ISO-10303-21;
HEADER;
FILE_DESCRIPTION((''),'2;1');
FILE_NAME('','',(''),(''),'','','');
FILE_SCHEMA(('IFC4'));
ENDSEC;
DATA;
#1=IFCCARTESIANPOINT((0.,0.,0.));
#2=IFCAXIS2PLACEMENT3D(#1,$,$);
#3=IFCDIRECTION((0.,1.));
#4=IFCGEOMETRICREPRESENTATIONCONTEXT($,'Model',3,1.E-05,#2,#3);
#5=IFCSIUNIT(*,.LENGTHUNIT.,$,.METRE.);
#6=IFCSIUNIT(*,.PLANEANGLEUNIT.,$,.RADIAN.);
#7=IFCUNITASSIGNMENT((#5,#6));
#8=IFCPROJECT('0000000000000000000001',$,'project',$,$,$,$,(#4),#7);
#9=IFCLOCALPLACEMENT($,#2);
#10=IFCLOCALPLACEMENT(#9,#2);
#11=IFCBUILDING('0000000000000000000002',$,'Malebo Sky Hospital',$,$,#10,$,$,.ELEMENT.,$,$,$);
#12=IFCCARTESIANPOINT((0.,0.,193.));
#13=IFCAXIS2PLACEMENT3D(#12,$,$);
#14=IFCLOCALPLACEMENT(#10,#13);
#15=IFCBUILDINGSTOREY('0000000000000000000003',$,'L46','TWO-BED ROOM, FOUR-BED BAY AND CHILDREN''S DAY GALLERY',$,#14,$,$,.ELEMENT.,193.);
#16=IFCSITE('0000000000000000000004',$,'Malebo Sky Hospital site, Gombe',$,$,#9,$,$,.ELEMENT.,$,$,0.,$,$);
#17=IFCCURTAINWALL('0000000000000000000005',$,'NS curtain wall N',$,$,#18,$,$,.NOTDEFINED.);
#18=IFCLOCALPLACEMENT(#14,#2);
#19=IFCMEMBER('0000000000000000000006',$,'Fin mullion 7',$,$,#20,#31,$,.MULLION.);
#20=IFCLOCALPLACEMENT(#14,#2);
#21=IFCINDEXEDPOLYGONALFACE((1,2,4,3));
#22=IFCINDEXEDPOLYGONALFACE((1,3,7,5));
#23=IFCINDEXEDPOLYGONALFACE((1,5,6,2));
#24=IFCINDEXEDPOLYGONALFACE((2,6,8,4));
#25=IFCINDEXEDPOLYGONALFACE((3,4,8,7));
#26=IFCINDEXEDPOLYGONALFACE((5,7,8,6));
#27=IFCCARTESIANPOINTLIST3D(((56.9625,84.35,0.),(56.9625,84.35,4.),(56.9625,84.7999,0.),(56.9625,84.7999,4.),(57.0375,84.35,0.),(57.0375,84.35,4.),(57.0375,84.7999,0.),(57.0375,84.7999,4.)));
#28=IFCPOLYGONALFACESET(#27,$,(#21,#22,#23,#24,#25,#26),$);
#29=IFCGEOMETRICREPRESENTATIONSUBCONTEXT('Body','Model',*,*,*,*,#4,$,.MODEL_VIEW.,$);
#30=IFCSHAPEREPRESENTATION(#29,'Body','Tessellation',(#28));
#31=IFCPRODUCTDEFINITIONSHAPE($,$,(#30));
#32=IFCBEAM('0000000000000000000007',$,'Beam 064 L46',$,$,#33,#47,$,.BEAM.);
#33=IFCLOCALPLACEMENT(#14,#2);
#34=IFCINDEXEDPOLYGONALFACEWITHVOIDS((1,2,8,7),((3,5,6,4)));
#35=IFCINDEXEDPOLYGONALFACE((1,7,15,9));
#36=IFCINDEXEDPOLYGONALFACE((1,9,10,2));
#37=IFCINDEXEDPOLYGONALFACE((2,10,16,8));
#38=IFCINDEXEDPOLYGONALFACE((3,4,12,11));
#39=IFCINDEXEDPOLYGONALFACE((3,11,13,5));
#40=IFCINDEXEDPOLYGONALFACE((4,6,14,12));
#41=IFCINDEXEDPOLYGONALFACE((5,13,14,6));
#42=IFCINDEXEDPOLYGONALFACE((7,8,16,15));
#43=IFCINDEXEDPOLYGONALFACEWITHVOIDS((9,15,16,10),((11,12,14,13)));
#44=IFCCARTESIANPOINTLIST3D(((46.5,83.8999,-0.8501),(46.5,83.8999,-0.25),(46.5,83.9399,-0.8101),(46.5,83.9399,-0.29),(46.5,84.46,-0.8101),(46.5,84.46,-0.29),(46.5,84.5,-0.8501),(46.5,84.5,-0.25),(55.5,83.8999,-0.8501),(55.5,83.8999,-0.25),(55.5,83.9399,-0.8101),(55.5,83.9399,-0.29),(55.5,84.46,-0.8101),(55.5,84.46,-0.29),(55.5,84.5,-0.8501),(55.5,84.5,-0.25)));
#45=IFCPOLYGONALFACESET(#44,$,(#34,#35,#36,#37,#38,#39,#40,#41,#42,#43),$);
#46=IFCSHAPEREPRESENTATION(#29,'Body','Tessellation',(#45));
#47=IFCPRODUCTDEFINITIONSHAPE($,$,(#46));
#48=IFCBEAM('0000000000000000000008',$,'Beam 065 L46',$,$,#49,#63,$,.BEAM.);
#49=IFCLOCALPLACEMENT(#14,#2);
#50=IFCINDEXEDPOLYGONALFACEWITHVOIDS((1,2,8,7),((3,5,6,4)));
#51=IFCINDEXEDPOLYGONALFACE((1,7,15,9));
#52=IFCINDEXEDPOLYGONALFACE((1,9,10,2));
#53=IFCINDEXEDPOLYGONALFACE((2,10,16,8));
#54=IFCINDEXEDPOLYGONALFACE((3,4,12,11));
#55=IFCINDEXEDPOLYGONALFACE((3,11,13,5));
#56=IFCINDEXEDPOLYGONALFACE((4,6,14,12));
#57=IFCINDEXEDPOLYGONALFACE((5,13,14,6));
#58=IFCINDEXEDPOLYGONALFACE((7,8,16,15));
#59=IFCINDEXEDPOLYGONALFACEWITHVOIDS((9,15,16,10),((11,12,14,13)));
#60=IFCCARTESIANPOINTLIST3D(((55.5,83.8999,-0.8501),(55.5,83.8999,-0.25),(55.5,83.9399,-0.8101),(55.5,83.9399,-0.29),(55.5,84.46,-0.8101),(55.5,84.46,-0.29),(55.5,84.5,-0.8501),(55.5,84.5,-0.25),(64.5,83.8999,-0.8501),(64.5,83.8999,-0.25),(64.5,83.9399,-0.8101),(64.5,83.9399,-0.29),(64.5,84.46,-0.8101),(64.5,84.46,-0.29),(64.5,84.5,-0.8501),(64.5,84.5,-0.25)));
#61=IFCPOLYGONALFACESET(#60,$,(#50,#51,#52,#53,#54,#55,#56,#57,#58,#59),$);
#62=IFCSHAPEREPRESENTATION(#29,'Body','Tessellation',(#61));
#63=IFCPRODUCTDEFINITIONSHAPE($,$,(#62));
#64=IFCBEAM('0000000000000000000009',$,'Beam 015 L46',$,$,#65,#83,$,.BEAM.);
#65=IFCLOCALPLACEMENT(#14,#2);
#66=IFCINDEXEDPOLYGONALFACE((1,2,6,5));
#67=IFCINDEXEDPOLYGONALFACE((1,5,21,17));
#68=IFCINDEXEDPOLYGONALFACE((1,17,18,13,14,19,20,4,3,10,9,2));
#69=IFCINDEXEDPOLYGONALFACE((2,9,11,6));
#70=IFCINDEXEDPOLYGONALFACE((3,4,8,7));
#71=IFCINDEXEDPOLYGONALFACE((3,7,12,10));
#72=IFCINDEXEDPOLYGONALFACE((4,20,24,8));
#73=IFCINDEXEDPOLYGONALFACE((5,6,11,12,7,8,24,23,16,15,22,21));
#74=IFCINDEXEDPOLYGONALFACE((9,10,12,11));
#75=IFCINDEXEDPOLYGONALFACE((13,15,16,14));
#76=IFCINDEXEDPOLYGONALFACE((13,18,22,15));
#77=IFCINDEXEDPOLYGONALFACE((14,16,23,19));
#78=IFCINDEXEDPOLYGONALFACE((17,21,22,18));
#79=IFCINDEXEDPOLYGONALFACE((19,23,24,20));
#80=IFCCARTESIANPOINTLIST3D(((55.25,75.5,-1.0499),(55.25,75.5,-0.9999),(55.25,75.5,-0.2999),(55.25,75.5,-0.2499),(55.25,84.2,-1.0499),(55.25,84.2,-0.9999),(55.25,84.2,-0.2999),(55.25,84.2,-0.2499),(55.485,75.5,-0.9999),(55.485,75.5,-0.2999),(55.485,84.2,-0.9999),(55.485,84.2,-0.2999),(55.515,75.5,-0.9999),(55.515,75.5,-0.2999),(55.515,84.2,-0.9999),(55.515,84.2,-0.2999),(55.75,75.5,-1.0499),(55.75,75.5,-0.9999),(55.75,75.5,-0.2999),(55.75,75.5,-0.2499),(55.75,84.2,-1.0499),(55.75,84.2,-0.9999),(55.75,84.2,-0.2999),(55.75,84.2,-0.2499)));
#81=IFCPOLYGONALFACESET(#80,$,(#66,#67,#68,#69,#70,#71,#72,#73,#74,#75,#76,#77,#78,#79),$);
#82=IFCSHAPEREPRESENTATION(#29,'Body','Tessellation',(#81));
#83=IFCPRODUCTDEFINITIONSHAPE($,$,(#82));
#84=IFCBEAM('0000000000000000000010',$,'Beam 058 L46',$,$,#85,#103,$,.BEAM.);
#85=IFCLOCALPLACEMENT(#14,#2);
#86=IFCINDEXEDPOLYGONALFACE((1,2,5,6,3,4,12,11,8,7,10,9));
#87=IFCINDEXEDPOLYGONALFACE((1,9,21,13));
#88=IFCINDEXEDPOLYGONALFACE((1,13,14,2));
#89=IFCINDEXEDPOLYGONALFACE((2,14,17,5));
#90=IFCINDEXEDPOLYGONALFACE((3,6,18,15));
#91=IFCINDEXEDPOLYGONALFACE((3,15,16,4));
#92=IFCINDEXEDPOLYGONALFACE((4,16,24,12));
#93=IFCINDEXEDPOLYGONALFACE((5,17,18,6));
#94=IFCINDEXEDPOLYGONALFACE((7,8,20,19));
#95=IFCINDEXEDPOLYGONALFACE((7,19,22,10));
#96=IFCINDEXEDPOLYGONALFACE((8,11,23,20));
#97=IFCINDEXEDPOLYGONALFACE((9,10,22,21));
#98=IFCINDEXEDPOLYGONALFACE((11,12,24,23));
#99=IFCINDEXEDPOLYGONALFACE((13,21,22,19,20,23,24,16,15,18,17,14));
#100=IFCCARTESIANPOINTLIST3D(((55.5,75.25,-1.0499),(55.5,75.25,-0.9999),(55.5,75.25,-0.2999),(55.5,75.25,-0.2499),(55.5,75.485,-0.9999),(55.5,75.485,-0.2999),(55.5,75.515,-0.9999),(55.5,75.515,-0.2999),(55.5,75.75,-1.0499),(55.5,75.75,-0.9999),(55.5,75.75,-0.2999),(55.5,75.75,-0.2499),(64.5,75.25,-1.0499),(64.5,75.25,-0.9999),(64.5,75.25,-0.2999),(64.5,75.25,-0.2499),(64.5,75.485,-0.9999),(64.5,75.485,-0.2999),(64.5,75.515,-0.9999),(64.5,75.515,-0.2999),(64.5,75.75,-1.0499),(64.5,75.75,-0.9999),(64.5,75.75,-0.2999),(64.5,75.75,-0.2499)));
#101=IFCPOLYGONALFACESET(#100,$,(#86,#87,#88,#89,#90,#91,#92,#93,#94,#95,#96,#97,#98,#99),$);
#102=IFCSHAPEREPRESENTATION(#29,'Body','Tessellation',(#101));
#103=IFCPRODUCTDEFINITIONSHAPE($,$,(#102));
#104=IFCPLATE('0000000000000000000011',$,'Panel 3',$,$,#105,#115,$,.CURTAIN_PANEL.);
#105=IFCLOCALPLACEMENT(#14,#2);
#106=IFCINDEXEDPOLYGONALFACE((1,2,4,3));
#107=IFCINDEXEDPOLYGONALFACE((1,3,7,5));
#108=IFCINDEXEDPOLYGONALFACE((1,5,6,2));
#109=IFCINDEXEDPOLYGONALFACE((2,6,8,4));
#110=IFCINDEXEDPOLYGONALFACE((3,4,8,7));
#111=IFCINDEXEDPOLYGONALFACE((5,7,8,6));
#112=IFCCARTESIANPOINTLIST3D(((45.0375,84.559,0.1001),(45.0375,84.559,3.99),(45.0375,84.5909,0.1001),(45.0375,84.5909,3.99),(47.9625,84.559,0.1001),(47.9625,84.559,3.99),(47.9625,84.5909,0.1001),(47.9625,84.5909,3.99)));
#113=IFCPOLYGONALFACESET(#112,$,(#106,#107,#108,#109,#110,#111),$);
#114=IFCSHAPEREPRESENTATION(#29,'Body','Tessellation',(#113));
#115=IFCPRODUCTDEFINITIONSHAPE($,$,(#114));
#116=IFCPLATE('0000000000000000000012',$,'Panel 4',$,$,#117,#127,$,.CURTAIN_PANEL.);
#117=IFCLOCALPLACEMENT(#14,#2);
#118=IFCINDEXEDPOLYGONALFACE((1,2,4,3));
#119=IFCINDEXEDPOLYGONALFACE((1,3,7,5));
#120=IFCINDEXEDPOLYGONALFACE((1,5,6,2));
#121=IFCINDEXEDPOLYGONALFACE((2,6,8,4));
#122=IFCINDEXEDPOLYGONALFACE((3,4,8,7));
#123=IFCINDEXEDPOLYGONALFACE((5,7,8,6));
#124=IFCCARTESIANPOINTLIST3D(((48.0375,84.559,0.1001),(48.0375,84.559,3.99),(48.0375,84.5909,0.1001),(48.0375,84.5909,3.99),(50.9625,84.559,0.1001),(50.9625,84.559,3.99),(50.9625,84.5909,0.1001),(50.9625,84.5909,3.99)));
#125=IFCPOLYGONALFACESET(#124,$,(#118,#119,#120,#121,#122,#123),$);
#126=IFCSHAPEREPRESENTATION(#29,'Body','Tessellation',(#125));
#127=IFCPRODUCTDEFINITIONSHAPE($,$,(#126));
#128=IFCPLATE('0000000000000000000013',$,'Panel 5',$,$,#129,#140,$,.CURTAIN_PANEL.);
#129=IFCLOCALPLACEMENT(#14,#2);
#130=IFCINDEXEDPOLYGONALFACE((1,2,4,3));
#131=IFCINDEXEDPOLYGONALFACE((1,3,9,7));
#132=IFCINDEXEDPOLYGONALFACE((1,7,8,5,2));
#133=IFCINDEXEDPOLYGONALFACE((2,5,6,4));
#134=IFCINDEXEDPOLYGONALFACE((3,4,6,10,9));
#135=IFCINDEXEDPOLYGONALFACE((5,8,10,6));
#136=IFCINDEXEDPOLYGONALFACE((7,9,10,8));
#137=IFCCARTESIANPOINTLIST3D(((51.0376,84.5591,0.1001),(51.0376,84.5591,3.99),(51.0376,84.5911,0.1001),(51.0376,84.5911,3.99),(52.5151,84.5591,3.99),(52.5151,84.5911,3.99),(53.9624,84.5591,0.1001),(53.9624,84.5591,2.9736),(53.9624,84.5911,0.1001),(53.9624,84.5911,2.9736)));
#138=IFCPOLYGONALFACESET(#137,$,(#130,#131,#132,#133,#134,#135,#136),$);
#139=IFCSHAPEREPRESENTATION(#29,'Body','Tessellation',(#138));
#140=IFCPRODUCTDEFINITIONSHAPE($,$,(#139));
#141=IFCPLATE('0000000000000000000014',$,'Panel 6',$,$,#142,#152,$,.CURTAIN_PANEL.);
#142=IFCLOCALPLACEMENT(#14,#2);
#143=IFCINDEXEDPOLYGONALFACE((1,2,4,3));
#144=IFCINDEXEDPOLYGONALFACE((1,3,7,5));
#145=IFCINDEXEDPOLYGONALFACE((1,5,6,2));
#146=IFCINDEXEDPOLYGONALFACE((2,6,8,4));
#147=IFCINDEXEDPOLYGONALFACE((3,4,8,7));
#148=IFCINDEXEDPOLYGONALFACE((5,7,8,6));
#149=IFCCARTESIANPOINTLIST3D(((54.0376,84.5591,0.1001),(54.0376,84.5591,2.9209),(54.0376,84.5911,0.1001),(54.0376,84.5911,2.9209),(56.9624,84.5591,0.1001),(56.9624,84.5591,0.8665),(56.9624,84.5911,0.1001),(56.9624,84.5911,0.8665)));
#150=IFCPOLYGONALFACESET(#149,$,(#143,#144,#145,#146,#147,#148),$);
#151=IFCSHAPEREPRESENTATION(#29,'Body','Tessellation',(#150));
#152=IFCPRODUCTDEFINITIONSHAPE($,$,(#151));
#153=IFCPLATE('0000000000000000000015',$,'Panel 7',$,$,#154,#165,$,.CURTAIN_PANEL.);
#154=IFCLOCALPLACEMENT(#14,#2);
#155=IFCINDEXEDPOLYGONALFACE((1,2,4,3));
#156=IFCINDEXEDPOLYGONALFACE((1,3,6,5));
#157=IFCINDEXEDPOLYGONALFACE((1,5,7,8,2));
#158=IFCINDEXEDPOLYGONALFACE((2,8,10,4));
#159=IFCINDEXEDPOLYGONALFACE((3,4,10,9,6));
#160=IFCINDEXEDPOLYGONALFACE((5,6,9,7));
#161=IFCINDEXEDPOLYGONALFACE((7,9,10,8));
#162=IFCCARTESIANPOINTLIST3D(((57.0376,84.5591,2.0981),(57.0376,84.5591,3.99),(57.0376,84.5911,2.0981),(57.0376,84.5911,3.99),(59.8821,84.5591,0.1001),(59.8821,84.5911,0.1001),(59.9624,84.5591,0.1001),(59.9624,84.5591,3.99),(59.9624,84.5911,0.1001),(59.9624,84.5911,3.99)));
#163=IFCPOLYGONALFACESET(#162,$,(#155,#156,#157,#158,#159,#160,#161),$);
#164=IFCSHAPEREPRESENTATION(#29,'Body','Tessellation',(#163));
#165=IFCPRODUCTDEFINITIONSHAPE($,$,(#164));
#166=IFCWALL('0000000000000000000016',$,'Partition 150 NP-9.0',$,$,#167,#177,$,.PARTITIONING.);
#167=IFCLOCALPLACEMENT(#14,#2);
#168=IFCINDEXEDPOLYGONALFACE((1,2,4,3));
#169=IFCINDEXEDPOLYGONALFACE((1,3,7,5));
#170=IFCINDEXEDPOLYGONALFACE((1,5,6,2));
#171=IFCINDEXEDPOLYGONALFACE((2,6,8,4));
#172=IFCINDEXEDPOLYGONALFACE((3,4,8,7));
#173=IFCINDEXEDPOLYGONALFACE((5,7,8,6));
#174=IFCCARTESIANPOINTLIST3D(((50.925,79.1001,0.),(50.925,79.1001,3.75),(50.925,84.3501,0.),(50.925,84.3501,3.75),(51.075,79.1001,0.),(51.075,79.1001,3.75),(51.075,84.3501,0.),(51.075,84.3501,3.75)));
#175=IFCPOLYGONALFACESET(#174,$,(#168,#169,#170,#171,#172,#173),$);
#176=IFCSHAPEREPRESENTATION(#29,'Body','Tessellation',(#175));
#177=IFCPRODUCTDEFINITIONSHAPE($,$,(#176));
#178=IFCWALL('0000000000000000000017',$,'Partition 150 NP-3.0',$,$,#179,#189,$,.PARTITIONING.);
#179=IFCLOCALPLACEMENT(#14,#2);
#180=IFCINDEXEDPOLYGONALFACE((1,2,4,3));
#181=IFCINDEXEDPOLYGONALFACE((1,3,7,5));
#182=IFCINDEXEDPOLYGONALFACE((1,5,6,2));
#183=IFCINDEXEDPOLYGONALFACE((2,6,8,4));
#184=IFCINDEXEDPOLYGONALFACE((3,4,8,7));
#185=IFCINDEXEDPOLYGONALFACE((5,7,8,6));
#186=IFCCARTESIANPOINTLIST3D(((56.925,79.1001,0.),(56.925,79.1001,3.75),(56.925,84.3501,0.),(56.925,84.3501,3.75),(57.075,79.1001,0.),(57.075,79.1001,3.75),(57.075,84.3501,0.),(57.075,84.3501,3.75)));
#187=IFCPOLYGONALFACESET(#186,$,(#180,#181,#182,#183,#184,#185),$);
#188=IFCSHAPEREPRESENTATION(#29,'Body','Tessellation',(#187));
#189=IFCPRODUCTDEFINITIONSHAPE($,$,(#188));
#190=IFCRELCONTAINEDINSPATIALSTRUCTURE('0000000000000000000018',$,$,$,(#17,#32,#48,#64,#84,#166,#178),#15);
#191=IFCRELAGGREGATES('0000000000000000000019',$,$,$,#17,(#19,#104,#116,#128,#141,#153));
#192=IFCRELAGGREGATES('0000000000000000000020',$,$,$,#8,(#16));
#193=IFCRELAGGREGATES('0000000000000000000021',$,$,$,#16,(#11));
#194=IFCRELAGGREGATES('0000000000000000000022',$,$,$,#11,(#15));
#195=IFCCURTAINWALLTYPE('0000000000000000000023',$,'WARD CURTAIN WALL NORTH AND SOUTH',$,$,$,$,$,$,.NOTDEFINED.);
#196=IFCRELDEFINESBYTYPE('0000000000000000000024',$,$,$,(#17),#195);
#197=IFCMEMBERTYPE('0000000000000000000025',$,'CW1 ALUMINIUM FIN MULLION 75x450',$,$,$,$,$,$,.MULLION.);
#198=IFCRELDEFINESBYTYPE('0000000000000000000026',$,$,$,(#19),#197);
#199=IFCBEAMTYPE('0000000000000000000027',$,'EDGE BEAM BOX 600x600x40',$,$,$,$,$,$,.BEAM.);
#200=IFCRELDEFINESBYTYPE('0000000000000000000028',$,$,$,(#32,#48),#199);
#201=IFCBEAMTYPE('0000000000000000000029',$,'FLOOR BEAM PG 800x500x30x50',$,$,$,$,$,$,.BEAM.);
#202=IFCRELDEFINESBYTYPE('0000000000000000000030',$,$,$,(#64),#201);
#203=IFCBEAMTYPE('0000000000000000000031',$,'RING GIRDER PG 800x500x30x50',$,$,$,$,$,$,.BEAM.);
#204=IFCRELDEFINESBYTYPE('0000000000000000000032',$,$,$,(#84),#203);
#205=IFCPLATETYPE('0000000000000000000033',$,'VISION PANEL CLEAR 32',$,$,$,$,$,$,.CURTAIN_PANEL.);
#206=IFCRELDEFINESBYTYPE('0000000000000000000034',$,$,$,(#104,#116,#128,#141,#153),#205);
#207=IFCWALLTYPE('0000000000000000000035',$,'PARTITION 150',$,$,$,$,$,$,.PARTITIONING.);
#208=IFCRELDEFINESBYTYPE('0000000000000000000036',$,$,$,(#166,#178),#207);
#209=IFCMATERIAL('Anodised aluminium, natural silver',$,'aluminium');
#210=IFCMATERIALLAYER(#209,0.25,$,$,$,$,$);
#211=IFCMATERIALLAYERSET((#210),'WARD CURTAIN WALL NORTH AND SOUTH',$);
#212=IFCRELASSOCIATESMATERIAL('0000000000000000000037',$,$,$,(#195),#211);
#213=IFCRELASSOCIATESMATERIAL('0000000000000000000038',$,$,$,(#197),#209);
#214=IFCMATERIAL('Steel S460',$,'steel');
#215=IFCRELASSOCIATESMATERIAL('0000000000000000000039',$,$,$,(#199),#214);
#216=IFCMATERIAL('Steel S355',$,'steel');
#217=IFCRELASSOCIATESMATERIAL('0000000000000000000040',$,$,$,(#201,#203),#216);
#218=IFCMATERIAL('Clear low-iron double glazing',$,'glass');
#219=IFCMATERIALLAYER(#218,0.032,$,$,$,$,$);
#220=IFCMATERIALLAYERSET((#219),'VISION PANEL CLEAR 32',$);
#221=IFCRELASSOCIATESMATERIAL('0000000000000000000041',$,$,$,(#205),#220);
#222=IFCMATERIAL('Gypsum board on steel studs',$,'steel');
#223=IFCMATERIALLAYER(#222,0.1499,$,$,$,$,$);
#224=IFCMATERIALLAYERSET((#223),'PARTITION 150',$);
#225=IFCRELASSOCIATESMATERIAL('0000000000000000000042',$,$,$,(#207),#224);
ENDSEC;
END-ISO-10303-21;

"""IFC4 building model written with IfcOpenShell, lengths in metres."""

from ifc_helpers import new_model, si_unit, direction, frame, frame_2d, origin, origin_2d, place, context, subcontext, project, spatial, polyline, rectangle, hollow_rectangle, i_section, outline, extrude, material, layer, layer_set, material_profile, profile_set, type_object, element, aggregate, save


model = new_model("IFC4")

# Units and contexts
model_context = context("Model", 3, precision=1e-05, world=origin(), true_north=direction((0.0, 1.0)))
body_context = subcontext(model_context, "Body", "Model", "MODEL_VIEW")
ifc_project = project(units=[si_unit("LENGTHUNIT", "METRE"), si_unit("PLANEANGLEUNIT", "RADIAN")], contexts=[model_context])

# Site, building, storey
site_placement = place(None, origin())
site = spatial("IfcSite", under=ifc_project, at=site_placement, Name="Malebo Sky Hospital site, Gombe", CompositionType="ELEMENT", RefElevation=0.0)
building_placement = place(site_placement, origin())
building = spatial("IfcBuilding", under=site, at=building_placement, Name="Malebo Sky Hospital", CompositionType="ELEMENT")
storey_placement = place(building_placement, frame((0.0, 0.0, 193.0)))
storey = spatial("IfcBuildingStorey", under=building, at=storey_placement, Name="L46", Description="TWO-BED ROOM, FOUR-BED BAY AND CHILDREN'S DAY GALLERY", CompositionType="ELEMENT", Elevation=193.0)

# Shared definitions
ifc_material_1 = material(Name="Steel S460", Category="steel")

# Curtain wall
ifc_material_2 = material(Name="Anodised aluminium, natural silver", Category="aluminium")
ifc_layer_1 = layer(ifc_material_2, 0.25)
ifc_layer_set_1 = layer_set([ifc_layer_1], Name="WARD CURTAIN WALL NORTH AND SOUTH")
curtain_wall_type = type_object("IfcCurtainWallType", Name="WARD CURTAIN WALL NORTH AND SOUTH", PredefinedType="NOTDEFINED", material=ifc_layer_set_1)
curtain_wall_placement = place(storey_placement, origin())
curtain_wall = element("IfcCurtainWall", 1, at=curtain_wall_placement, inside=storey, type_object=curtain_wall_type, Name="NS curtain wall N", PredefinedType="NOTDEFINED")

# Member
ifc_material_3 = material(Name="Steel S355", Category="steel")
ifc_material_profile_1 = material_profile(ifc_material_2, rectangle(XDim=0.075, YDim=0.45, at=origin_2d()), Name="CW1 ALUMINIUM FIN MULLION 75x450")
ifc_profile_set_1 = profile_set([ifc_material_profile_1], Name="Anodised aluminium, natural silver")
member_type_1 = type_object("IfcMemberType", Name="CW1 ALUMINIUM FIN MULLION 75x450", PredefinedType="MULLION", material=ifc_profile_set_1)
member_1_placement = place(storey_placement, frame((57.0, 84.575, 0.0), z_axis=(0.0, 0.0, 1.0), x_axis=(1.0, 0.0, 0.0)))
member_1 = element("IfcMember", 2, at=member_1_placement, type_object=member_type_1, Name="Fin mullion 7", PredefinedType="MULLION", context=body_context, shape_type="SweptSolid", body=[
    extrude(rectangle(XDim=0.075, YDim=0.45, at=origin_2d()), origin(), (0.0, 0.0, 1.0), 4.0),
])

# Beams
ifc_material_profile_2 = material_profile(ifc_material_1, hollow_rectangle(XDim=0.6001, YDim=0.6001, WallThickness=0.04, at=origin_2d()), Name="BOX 600x600x40")
ifc_profile_set_2 = profile_set([ifc_material_profile_2], Name="Steel S460")
beam_type_1 = type_object("IfcBeamType", Name="EDGE BEAM BOX 600x600x40", PredefinedType="BEAM", material=ifc_profile_set_2)
for number, where, z_axis, x_axis, name in (
    (3, (46.5, 84.2, -0.55), (1.0, 0.0, 0.0), (0.0, 1.0, 0.0), "Beam 064 L46"),
    (4, (55.5, 84.2, -0.55), (1.0, 0.0, 0.0), (0.0, 1.0, 0.0), "Beam 065 L46"),
):
    element("IfcBeam", number, at=place(storey_placement, frame(where, z_axis=z_axis, x_axis=x_axis)), inside=storey, type_object=beam_type_1, Name=name, PredefinedType="BEAM", context=body_context, shape_type="SweptSolid", body=[
        extrude(hollow_rectangle(XDim=0.6001, YDim=0.6001, WallThickness=0.04, at=origin_2d()), origin(), (0.0, 0.0, 1.0), 9.0),
    ])
ifc_material_profile_3 = material_profile(ifc_material_3, i_section(OverallWidth=0.5, OverallDepth=0.8, WebThickness=0.03, FlangeThickness=0.05, at=origin_2d()), Name="PG 800x500x30x50")
ifc_profile_set_3 = profile_set([ifc_material_profile_3], Name="Steel S355")
beam_type_2 = type_object("IfcBeamType", Name="FLOOR BEAM PG 800x500x30x50", PredefinedType="BEAM", material=ifc_profile_set_3)
beam_1_placement = place(storey_placement, frame((55.5, 75.5, -0.6499), z_axis=(0.0, 1.0, 0.0), x_axis=(-1.0, 0.0, 0.0)))
element("IfcBeam", 5, at=beam_1_placement, inside=storey, type_object=beam_type_2, Name="Beam 015 L46", PredefinedType="BEAM", context=body_context, shape_type="SweptSolid", body=[
    extrude(i_section(OverallWidth=0.5, OverallDepth=0.8, WebThickness=0.03, FlangeThickness=0.05, at=origin_2d()), origin(), (0.0, 0.0, 1.0), 8.7),
])
ifc_material_profile_4 = material_profile(ifc_material_3, i_section(OverallWidth=0.5, OverallDepth=0.8, WebThickness=0.03, FlangeThickness=0.05, at=origin_2d()), Name="PG 800x500x30x50")
ifc_profile_set_4 = profile_set([ifc_material_profile_4], Name="Steel S355")
beam_type_3 = type_object("IfcBeamType", Name="RING GIRDER PG 800x500x30x50", PredefinedType="BEAM", material=ifc_profile_set_4)
beam_2_placement = place(storey_placement, frame((55.5, 75.5, -0.6499), z_axis=(1.0, 0.0, 0.0), x_axis=(0.0, 1.0, 0.0)))
element("IfcBeam", 6, at=beam_2_placement, inside=storey, type_object=beam_type_3, Name="Beam 058 L46", PredefinedType="BEAM", context=body_context, shape_type="SweptSolid", body=[
    extrude(i_section(OverallWidth=0.5, OverallDepth=0.8, WebThickness=0.03, FlangeThickness=0.05, at=origin_2d()), origin(), (0.0, 0.0, 1.0), 9.0),
])

# Plates
ifc_material_4 = material(Name="Clear low-iron double glazing", Category="glass")
ifc_layer_2 = layer(ifc_material_4, 0.032)
ifc_layer_set_2 = layer_set([ifc_layer_2], Name="VISION PANEL CLEAR 32")
plate_type = type_object("IfcPlateType", Name="VISION PANEL CLEAR 32", PredefinedType="CURTAIN_PANEL", material=ifc_layer_set_2)
plate_1_placement = place(storey_placement, frame((46.5, 84.575, 0.1001), z_axis=(0.0, 0.0, 1.0), x_axis=(1.0, 0.0, 0.0)))
plate_1 = element("IfcPlate", 7, at=plate_1_placement, type_object=plate_type, Name="Panel 3", PredefinedType="CURTAIN_PANEL", context=body_context, shape_type="SweptSolid", body=[
    extrude(rectangle(XDim=2.925, YDim=0.032, at=origin_2d()), origin(), (0.0, 0.0, 1.0), 3.8899),
])
plate_2_placement = place(storey_placement, frame((49.5, 84.575, 0.1001), z_axis=(0.0, 0.0, 1.0), x_axis=(1.0, 0.0, 0.0)))
plate_2 = element("IfcPlate", 8, at=plate_2_placement, type_object=plate_type, Name="Panel 4", PredefinedType="CURTAIN_PANEL", context=body_context, shape_type="SweptSolid", body=[
    extrude(rectangle(XDim=2.925, YDim=0.032, at=origin_2d()), origin(), (0.0, 0.0, 1.0), 3.8899),
])
plate_3_placement = place(storey_placement, frame((52.5, 84.575, 0.1001), z_axis=(0.0, 0.0, 1.0), x_axis=(1.0, 0.0, 0.0)))
plate_3 = element("IfcPlate", 9, at=plate_3_placement, type_object=plate_type, Name="Panel 5", PredefinedType="CURTAIN_PANEL", context=body_context, shape_type="SweptSolid", body=[
    extrude(outline(polyline([(-1.4624, 0.0), (1.4624, 0.0), (1.4624, 2.8735), (0.0151, 3.8899), (-1.4624, 3.8899), (-1.4624, 0.0)])), frame((0.0, 0.0161, 0.0), z_axis=(0.0, -1.0, 0.0), x_axis=(1.0, 0.0, 0.0)), (0.0, 0.0, 1.0), 0.032),
])
plate_4_placement = place(storey_placement, frame((55.5, 84.575, 0.1001), z_axis=(0.0, 0.0, 1.0), x_axis=(1.0, 0.0, 0.0)))
plate_4 = element("IfcPlate", 10, at=plate_4_placement, type_object=plate_type, Name="Panel 6", PredefinedType="CURTAIN_PANEL", context=body_context, shape_type="SweptSolid", body=[
    extrude(outline(polyline([(-1.4624, 0.0), (1.4624, 0.0), (1.4624, 0.7664), (-1.4624, 2.8208), (-1.4624, 0.0)])), frame((0.0, 0.0161, 0.0), z_axis=(0.0, -1.0, 0.0), x_axis=(1.0, 0.0, 0.0)), (0.0, 0.0, 1.0), 0.032),
])
plate_5_placement = place(storey_placement, frame((58.5, 84.575, 0.1001), z_axis=(0.0, 0.0, 1.0), x_axis=(1.0, 0.0, 0.0)))
plate_5 = element("IfcPlate", 11, at=plate_5_placement, type_object=plate_type, Name="Panel 7", PredefinedType="CURTAIN_PANEL", context=body_context, shape_type="SweptSolid", body=[
    extrude(outline(polyline([(1.3821, 0.0), (1.4624, 0.0), (1.4624, 3.8899), (-1.4624, 3.8899), (-1.4624, 1.998), (1.3821, 0.0)])), frame((0.0, 0.0161, 0.0), z_axis=(0.0, -1.0, 0.0), x_axis=(1.0, 0.0, 0.0)), (0.0, 0.0, 1.0), 0.032),
])
aggregate(curtain_wall, [member_1, plate_1, plate_2, plate_3, plate_4, plate_5])

# Walls
ifc_material_5 = material(Name="Gypsum board on steel studs", Category="steel")
ifc_layer_3 = layer(ifc_material_5, 0.1499)
ifc_layer_set_3 = layer_set([ifc_layer_3], Name="PARTITION 150")
wall_type = type_object("IfcWallType", Name="PARTITION 150", PredefinedType="PARTITIONING", material=ifc_layer_set_3)
for number, where, z_axis, x_axis, name in (
    (12, (51.0, 79.1001, 0.0), (0.0, 0.0, 1.0), (0.0, 1.0, 0.0), "Partition 150 NP-9.0"),
    (13, (57.0, 79.1001, 0.0), (0.0, 0.0, 1.0), (0.0, 1.0, 0.0), "Partition 150 NP-3.0"),
):
    element("IfcWall", number, at=place(storey_placement, frame(where, z_axis=z_axis, x_axis=x_axis)), inside=storey, type_object=wall_type, Name=name, PredefinedType="PARTITIONING", context=body_context, shape_type="SweptSolid", body=[
        extrude(rectangle(XDim=5.25, YDim=0.1499, at=frame_2d((2.625, 0.0))), origin(), (0.0, 0.0, 1.0), 3.75),
    ])

save(model, "model.ifc")
